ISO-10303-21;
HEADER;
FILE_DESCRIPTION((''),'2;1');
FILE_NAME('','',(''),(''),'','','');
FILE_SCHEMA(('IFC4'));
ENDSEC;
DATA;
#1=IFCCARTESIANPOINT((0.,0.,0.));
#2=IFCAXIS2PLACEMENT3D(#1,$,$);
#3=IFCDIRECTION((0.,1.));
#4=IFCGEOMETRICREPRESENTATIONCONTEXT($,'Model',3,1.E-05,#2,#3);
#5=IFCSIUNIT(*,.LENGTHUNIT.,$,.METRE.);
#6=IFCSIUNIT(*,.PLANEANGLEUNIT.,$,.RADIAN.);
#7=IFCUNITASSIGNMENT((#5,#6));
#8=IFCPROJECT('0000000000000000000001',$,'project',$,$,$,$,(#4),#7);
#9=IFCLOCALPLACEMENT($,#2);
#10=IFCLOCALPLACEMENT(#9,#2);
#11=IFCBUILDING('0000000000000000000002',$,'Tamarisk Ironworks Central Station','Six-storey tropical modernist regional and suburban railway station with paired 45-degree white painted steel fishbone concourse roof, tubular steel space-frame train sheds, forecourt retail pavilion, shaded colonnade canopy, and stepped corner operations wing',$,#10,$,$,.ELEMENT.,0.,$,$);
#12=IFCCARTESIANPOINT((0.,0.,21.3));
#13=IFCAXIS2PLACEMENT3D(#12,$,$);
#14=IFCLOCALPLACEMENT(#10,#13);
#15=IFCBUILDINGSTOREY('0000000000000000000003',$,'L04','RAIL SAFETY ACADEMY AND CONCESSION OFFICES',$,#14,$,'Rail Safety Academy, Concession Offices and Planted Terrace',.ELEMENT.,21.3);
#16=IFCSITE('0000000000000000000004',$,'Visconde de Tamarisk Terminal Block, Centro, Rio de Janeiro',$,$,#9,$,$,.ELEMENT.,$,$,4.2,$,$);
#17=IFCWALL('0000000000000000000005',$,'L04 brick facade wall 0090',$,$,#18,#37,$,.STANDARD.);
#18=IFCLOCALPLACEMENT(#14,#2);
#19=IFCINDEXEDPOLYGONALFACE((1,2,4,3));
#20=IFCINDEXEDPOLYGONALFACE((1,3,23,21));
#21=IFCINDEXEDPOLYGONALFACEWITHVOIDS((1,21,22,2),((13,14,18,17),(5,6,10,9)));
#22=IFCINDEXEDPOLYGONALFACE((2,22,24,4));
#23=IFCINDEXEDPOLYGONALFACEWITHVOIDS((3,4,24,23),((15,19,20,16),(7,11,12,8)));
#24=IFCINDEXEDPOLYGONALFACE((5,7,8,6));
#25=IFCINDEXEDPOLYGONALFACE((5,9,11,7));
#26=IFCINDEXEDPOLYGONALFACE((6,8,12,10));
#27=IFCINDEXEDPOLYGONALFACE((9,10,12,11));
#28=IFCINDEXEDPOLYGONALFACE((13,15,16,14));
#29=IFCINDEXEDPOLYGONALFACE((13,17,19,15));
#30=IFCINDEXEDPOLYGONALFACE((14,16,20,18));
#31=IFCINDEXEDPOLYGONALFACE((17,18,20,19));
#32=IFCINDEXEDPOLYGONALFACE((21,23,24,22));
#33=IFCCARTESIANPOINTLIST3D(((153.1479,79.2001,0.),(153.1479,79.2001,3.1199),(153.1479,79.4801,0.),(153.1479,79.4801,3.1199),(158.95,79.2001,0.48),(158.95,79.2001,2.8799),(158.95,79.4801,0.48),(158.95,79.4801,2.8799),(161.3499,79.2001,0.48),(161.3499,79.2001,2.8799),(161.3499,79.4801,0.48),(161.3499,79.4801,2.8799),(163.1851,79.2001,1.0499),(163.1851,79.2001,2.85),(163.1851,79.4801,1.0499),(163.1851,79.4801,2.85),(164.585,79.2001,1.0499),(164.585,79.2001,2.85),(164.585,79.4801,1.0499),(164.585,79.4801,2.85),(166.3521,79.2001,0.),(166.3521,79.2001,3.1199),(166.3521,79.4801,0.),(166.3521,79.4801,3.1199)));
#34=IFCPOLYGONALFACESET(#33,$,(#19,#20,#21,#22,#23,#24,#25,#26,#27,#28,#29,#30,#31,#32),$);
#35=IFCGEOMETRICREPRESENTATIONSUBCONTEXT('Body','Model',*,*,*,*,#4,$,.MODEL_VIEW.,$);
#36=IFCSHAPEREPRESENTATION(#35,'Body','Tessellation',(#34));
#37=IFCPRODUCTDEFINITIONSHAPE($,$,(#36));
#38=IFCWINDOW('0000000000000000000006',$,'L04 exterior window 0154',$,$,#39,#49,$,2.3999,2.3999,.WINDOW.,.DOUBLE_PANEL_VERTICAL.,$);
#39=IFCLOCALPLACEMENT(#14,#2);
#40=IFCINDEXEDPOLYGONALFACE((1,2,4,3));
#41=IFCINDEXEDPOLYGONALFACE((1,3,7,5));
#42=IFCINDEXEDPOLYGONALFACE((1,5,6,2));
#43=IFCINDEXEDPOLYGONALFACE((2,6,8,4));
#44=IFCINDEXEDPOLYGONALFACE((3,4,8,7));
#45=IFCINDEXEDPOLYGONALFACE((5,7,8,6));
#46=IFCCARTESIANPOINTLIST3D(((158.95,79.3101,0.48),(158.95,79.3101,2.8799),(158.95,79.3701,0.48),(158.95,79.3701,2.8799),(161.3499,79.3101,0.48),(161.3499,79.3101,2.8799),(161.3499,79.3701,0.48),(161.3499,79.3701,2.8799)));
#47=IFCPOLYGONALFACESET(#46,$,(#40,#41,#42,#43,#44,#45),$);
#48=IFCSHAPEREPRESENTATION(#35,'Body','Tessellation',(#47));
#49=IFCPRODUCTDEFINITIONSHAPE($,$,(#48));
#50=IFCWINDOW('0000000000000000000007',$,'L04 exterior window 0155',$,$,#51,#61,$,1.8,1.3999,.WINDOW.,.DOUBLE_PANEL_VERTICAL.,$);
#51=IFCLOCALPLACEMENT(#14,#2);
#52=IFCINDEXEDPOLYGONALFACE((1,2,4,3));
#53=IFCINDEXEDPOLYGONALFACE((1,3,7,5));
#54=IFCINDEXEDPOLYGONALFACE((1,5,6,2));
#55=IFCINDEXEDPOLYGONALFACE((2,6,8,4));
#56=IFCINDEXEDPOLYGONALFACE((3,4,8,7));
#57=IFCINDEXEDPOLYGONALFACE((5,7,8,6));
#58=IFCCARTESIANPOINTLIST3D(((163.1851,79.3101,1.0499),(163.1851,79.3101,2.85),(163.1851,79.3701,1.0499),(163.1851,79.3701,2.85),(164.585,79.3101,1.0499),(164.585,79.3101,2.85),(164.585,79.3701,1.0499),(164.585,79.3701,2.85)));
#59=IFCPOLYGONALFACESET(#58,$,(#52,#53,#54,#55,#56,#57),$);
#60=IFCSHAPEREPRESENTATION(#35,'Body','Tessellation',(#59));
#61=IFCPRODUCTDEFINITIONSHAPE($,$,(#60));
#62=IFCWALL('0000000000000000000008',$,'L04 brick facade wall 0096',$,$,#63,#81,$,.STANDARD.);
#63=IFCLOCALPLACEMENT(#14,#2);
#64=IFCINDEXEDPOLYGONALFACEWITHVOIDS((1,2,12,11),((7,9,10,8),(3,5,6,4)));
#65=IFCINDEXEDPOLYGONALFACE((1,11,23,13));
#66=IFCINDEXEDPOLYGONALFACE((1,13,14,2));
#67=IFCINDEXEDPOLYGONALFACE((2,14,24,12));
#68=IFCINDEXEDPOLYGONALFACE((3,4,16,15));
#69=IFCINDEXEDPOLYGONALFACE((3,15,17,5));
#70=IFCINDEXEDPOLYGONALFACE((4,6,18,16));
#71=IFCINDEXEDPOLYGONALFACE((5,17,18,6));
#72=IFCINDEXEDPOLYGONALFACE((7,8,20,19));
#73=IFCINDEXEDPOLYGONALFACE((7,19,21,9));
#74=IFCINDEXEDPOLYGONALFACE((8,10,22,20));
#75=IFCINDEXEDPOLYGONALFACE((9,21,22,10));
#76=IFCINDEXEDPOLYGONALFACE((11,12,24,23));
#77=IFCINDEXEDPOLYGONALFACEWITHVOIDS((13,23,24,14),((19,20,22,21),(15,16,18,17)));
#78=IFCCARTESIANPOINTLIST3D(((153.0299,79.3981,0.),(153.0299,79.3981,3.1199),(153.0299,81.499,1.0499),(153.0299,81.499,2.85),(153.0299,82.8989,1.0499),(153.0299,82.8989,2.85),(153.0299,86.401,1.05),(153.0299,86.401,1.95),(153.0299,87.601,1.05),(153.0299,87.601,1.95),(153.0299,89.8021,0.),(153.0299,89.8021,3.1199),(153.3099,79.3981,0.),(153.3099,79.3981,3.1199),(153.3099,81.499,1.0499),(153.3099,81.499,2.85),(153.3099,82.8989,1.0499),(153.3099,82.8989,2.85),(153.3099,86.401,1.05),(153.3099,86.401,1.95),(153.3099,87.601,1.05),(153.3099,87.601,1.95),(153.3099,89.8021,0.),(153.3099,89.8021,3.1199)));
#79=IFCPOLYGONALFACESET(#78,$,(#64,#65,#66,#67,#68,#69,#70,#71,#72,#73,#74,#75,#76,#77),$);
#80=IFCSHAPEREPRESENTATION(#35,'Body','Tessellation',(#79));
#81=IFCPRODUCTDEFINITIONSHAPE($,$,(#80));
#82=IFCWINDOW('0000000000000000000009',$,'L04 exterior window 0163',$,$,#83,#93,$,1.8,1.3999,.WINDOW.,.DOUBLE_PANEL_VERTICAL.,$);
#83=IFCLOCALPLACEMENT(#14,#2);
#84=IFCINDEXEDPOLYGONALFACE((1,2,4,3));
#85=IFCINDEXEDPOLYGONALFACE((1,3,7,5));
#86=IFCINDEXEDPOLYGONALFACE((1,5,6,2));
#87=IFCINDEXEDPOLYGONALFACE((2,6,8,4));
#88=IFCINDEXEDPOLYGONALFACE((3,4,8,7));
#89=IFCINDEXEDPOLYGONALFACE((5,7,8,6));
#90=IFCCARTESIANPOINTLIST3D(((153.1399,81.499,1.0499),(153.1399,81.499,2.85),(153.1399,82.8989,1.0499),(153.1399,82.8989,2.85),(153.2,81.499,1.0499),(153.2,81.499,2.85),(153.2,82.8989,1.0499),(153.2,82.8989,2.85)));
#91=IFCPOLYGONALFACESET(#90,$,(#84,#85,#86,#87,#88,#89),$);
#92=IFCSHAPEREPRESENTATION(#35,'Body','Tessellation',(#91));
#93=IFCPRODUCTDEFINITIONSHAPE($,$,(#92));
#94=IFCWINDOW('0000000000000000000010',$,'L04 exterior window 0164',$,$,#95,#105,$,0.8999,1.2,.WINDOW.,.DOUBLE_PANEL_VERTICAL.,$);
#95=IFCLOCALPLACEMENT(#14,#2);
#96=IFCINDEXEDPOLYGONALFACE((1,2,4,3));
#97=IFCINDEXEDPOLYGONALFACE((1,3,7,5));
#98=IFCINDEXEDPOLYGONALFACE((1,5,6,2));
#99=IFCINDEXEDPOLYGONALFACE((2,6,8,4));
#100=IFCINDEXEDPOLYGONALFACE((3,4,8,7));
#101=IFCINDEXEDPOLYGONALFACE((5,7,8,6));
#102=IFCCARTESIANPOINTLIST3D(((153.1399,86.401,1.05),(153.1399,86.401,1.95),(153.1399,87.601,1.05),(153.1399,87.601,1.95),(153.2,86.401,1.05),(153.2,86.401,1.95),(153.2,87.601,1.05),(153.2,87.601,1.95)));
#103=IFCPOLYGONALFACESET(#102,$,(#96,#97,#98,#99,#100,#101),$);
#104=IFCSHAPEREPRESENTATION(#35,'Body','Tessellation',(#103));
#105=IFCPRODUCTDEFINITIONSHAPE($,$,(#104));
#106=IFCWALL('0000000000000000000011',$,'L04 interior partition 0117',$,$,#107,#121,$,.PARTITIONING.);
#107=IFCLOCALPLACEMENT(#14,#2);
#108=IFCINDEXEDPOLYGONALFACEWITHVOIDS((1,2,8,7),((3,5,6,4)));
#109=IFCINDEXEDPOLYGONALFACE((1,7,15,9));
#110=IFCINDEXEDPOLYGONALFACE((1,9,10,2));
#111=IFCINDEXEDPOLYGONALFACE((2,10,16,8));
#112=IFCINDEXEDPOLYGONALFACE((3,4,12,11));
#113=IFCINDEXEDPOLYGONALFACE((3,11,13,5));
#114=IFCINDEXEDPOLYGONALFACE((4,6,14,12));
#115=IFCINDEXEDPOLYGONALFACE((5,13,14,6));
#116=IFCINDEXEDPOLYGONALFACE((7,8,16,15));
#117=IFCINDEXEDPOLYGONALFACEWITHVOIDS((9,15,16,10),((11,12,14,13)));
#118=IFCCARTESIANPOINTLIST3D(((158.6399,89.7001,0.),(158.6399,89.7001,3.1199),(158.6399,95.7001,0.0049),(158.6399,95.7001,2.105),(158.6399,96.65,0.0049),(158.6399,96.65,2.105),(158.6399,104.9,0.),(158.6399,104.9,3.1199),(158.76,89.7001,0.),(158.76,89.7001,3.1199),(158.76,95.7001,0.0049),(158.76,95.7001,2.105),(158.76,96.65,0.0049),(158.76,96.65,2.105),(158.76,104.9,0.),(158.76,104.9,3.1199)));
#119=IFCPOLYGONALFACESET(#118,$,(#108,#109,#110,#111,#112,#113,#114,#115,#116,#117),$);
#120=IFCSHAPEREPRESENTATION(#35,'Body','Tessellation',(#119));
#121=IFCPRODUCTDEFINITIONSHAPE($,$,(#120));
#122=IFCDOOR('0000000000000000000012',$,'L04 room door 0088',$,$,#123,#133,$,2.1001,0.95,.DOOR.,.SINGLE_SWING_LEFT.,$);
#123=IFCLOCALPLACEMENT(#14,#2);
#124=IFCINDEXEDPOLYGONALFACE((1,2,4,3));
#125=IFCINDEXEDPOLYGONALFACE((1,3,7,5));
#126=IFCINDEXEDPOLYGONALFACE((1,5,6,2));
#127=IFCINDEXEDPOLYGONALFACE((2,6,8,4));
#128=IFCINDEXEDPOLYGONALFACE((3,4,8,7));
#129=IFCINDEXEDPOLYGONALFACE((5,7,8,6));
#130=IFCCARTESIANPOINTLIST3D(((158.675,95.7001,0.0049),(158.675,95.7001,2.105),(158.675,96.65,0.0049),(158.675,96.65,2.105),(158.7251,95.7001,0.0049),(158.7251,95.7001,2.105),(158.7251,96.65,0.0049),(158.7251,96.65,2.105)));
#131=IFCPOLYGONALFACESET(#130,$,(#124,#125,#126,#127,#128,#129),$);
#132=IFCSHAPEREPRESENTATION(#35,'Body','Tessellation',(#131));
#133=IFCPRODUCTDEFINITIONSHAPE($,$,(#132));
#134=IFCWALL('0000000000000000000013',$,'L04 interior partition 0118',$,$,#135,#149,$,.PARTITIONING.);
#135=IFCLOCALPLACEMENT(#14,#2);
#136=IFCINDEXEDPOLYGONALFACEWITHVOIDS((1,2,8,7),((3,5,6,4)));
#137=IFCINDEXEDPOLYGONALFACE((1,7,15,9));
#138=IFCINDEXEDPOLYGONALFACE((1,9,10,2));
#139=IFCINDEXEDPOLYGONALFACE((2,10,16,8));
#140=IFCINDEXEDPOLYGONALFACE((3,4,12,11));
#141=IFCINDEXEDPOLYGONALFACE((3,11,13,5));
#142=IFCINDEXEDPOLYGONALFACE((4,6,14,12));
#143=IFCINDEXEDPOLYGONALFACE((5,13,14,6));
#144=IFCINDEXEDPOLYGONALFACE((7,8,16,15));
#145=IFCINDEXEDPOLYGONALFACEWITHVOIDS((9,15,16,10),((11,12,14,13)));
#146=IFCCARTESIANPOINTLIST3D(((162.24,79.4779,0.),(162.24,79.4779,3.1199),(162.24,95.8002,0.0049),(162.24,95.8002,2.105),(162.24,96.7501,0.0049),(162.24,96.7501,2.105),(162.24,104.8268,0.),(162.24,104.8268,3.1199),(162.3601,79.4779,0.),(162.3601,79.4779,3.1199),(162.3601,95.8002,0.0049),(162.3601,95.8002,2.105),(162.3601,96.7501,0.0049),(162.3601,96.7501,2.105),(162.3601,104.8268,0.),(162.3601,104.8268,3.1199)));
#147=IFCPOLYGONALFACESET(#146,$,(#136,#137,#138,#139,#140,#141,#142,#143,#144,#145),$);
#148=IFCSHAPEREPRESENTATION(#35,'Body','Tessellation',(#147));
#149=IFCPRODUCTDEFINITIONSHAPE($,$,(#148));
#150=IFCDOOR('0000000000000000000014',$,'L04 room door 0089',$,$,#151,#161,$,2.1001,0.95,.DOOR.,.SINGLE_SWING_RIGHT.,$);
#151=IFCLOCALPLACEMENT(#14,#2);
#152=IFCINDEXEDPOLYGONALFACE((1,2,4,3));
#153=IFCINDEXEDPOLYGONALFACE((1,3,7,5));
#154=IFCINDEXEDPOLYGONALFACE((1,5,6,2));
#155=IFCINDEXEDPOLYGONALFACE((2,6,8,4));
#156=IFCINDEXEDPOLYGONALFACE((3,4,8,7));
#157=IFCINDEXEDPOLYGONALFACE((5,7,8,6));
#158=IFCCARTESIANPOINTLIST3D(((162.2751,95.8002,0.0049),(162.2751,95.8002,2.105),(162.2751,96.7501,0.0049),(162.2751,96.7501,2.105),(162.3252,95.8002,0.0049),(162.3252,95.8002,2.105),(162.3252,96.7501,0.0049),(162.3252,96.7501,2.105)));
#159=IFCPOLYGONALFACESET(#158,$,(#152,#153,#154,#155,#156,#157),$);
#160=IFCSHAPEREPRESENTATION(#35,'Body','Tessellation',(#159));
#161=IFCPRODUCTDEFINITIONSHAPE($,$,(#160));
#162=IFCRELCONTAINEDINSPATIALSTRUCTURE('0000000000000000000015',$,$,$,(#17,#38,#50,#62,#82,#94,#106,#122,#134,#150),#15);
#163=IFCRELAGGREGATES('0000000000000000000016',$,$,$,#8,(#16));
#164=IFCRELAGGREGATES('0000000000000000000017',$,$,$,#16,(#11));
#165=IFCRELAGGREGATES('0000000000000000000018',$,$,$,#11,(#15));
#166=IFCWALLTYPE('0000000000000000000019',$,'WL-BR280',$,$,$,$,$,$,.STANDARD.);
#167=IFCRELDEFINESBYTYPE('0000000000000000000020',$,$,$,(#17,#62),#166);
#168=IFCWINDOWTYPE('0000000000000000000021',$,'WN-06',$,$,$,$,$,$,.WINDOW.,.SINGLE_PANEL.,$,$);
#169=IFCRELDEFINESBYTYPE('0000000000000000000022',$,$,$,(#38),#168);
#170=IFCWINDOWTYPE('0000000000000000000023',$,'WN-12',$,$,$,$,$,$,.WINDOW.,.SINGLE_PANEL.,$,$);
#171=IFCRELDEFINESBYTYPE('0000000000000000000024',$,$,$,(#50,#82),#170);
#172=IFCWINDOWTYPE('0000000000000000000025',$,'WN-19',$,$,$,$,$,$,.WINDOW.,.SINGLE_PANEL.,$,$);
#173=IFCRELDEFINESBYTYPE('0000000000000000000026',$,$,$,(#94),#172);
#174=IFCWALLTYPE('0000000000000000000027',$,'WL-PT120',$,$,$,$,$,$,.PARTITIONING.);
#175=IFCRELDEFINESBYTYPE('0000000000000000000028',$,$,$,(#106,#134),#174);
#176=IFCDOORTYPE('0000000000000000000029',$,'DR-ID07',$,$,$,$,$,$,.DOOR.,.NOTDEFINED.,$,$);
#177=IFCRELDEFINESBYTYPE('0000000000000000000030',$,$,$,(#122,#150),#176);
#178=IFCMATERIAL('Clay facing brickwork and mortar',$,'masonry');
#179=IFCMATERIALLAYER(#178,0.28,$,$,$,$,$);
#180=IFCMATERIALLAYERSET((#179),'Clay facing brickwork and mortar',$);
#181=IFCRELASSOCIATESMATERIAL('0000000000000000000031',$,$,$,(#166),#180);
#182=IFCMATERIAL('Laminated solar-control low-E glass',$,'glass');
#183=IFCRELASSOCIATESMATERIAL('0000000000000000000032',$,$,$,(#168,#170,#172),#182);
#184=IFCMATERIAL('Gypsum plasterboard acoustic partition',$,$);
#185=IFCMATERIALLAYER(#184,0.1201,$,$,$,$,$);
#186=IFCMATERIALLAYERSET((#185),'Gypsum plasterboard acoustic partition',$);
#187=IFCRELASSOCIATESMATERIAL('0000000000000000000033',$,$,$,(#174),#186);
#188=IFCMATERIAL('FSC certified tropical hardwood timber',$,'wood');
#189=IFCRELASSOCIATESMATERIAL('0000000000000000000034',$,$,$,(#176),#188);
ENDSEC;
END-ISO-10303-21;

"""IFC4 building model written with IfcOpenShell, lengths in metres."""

from ifc_helpers import new_model, si_unit, direction, frame, frame_2d, origin, place, context, subcontext, project, spatial, rectangle, extrude, material, layer, layer_set, type_object, element, fill, save


model = new_model("IFC4")

# Units and contexts
model_context = context("Model", 3, precision=1e-05, world=origin(), true_north=direction((0.0, 1.0)))
body_context = subcontext(model_context, "Body", "Model", "MODEL_VIEW")
ifc_project = project(units=[si_unit("LENGTHUNIT", "METRE"), si_unit("PLANEANGLEUNIT", "RADIAN")], contexts=[model_context])

# Site, building, storey
site_placement = place(None, origin())
site = spatial("IfcSite", under=ifc_project, at=site_placement, Name="Visconde de Tamarisk Terminal Block, Centro, Rio de Janeiro", CompositionType="ELEMENT", RefElevation=4.2)
building_placement = place(site_placement, origin())
building = spatial("IfcBuilding", under=site, at=building_placement, Name="Tamarisk Ironworks Central Station", Description="Six-storey tropical modernist regional and suburban railway station with paired 45-degree white painted steel fishbone concourse roof, tubular steel space-frame train sheds, forecourt retail pavilion, shaded colonnade canopy, and stepped corner operations wing", CompositionType="ELEMENT", ElevationOfRefHeight=0.0)
storey_placement = place(building_placement, frame((0.0, 0.0, 21.3)))
storey = spatial("IfcBuildingStorey", under=building, at=storey_placement, Name="L04", Description="RAIL SAFETY ACADEMY AND CONCESSION OFFICES", LongName="Rail Safety Academy, Concession Offices and Planted Terrace", CompositionType="ELEMENT", Elevation=21.3)

# Walls, openings, windows
ifc_material_1 = material(Name="Clay facing brickwork and mortar", Category="masonry")
ifc_layer_1 = layer(ifc_material_1, 0.28)
ifc_layer_set_1 = layer_set([ifc_layer_1], Name="Clay facing brickwork and mortar")
wall_type_1 = type_object("IfcWallType", Name="WL-BR280", PredefinedType="STANDARD", material=ifc_layer_set_1)
wall_1_placement = place(storey_placement, frame((153.1479, 79.3401, 0.0), z_axis=(0.0, 0.0, 1.0), x_axis=(1.0, 0.0, 0.0)))
wall_1 = element("IfcWall", 1, at=wall_1_placement, inside=storey, type_object=wall_type_1, Name="L04 brick facade wall 0090", PredefinedType="STANDARD", context=body_context, shape_type="SweptSolid", body=[
    extrude(rectangle(XDim=13.2041, YDim=0.28, at=frame_2d((6.6021, 0.0))), origin(), (0.0, 0.0, 1.0), 3.1199),
])
opening_1_placement = place(wall_1_placement, frame((5.802, 0.0, 0.48)))
opening_1 = element("IfcOpeningElement", 2, at=opening_1_placement, cuts=wall_1, PredefinedType="OPENING", context=body_context, shape_type="SweptSolid", body=[
    extrude(rectangle(XDim=2.3999, YDim=2.3999, at=frame_2d((1.2, 1.2))), frame((0.0, 0.1519, 0.0), z_axis=(0.0, -1.0, 0.0), x_axis=(1.0, 0.0, 0.0)), (0.0, 0.0, 1.0), 0.304),
])
opening_2_placement = place(wall_1_placement, frame((10.0371, 0.0, 1.05)))
opening_2 = element("IfcOpeningElement", 3, at=opening_2_placement, cuts=wall_1, PredefinedType="OPENING", context=body_context, shape_type="SweptSolid", body=[
    extrude(rectangle(XDim=1.3999, YDim=1.8, at=frame_2d((0.7, 0.8999))), frame((0.0, 0.1519, 0.0), z_axis=(0.0, -1.0, 0.0), x_axis=(1.0, 0.0, 0.0)), (0.0, 0.0, 1.0), 0.304),
])
ifc_material_2 = material(Name="Laminated solar-control low-E glass", Category="glass")
window_type_1 = type_object("IfcWindowType", Name="WN-06", PartitioningType="SINGLE_PANEL", PredefinedType="WINDOW", material=ifc_material_2)
window_1_placement = place(opening_1_placement, origin())
window_1 = element("IfcWindow", 4, at=window_1_placement, inside=storey, type_object=window_type_1, Name="L04 exterior window 0154", OverallHeight=2.3999, OverallWidth=2.3999, PartitioningType="DOUBLE_PANEL_VERTICAL", PredefinedType="WINDOW", context=body_context, shape_type="SweptSolid", body=[
    extrude(rectangle(XDim=2.3999, YDim=2.3999, at=frame_2d((1.2, 1.2))), frame((0.0, 0.03, 0.0), z_axis=(0.0, -1.0, 0.0), x_axis=(1.0, 0.0, 0.0)), (0.0, 0.0, 1.0), 0.0601),
])
fill(opening_1, window_1)
window_type_2 = type_object("IfcWindowType", Name="WN-12", PartitioningType="SINGLE_PANEL", PredefinedType="WINDOW", material=ifc_material_2)
window_2_placement = place(opening_2_placement, origin())
window_2 = element("IfcWindow", 5, at=window_2_placement, inside=storey, type_object=window_type_2, Name="L04 exterior window 0155", OverallHeight=1.8, OverallWidth=1.3999, PartitioningType="DOUBLE_PANEL_VERTICAL", PredefinedType="WINDOW", context=body_context, shape_type="SweptSolid", body=[
    extrude(rectangle(XDim=1.3999, YDim=1.8, at=frame_2d((0.7, 0.8999))), frame((0.0, 0.03, 0.0), z_axis=(0.0, -1.0, 0.0), x_axis=(1.0, 0.0, 0.0)), (0.0, 0.0, 1.0), 0.0601),
])
fill(opening_2, window_2)
wall_2_placement = place(storey_placement, frame((153.1699, 79.3979, 0.0), z_axis=(0.0, 0.0, 1.0), x_axis=(0.0, 1.0, 0.0)))
wall_2 = element("IfcWall", 6, at=wall_2_placement, inside=storey, type_object=wall_type_1, Name="L04 brick facade wall 0096", PredefinedType="STANDARD", context=body_context, shape_type="SweptSolid", body=[
    extrude(rectangle(XDim=10.4041, YDim=0.28, at=frame_2d((5.2021, 0.0))), origin(), (0.0, 0.0, 1.0), 3.1199),
])
opening_3_placement = place(wall_2_placement, frame((2.1011, 0.0, 1.05)))
opening_3 = element("IfcOpeningElement", 7, at=opening_3_placement, cuts=wall_2, PredefinedType="OPENING", context=body_context, shape_type="SweptSolid", body=[
    extrude(rectangle(XDim=1.3999, YDim=1.8, at=frame_2d((0.7, 0.8999))), frame((0.0, 0.1519, 0.0), z_axis=(0.0, -1.0, 0.0), x_axis=(1.0, 0.0, 0.0)), (0.0, 0.0, 1.0), 0.304),
])
opening_4_placement = place(wall_2_placement, frame((7.0029, 0.0, 1.05)))
opening_4 = element("IfcOpeningElement", 8, at=opening_4_placement, cuts=wall_2, PredefinedType="OPENING", context=body_context, shape_type="SweptSolid", body=[
    extrude(rectangle(XDim=1.2, YDim=0.8999, at=frame_2d((0.6001, 0.45))), frame((0.0, 0.1519, 0.0), z_axis=(0.0, -1.0, 0.0), x_axis=(1.0, 0.0, 0.0)), (0.0, 0.0, 1.0), 0.304),
])
window_3_placement = place(opening_3_placement, origin())
window_3 = element("IfcWindow", 9, at=window_3_placement, inside=storey, type_object=window_type_2, Name="L04 exterior window 0163", OverallHeight=1.8, OverallWidth=1.3999, PartitioningType="DOUBLE_PANEL_VERTICAL", PredefinedType="WINDOW", context=body_context, shape_type="SweptSolid", body=[
    extrude(rectangle(XDim=1.3999, YDim=1.8, at=frame_2d((0.7, 0.8999))), frame((0.0, 0.03, 0.0), z_axis=(0.0, -1.0, 0.0), x_axis=(1.0, 0.0, 0.0)), (0.0, 0.0, 1.0), 0.0601),
])
fill(opening_3, window_3)
window_type_3 = type_object("IfcWindowType", Name="WN-19", PartitioningType="SINGLE_PANEL", PredefinedType="WINDOW", material=ifc_material_2)
window_4_placement = place(opening_4_placement, origin())
window_4 = element("IfcWindow", 10, at=window_4_placement, inside=storey, type_object=window_type_3, Name="L04 exterior window 0164", OverallHeight=0.8999, OverallWidth=1.2, PartitioningType="DOUBLE_PANEL_VERTICAL", PredefinedType="WINDOW", context=body_context, shape_type="SweptSolid", body=[
    extrude(rectangle(XDim=1.2, YDim=0.8999, at=frame_2d((0.6001, 0.45))), frame((0.0, 0.03, 0.0), z_axis=(0.0, -1.0, 0.0), x_axis=(1.0, 0.0, 0.0)), (0.0, 0.0, 1.0), 0.0601),
])
fill(opening_4, window_4)

# Walls, openings, doors
ifc_material_3 = material(Name="Gypsum plasterboard acoustic partition")
ifc_layer_2 = layer(ifc_material_3, 0.1201)
ifc_layer_set_2 = layer_set([ifc_layer_2], Name="Gypsum plasterboard acoustic partition")
wall_type_2 = type_object("IfcWallType", Name="WL-PT120", PredefinedType="PARTITIONING", material=ifc_layer_set_2)
wall_3_placement = place(storey_placement, frame((158.7, 89.7, 0.0), z_axis=(0.0, 0.0, 1.0), x_axis=(0.0, 1.0, 0.0)))
wall_3 = element("IfcWall", 11, at=wall_3_placement, inside=storey, type_object=wall_type_2, Name="L04 interior partition 0117", PredefinedType="PARTITIONING", context=body_context, shape_type="SweptSolid", body=[
    extrude(rectangle(XDim=15.2, YDim=0.1201, at=frame_2d((7.6001, 0.0))), origin(), (0.0, 0.0, 1.0), 3.1199),
])
opening_5_placement = place(wall_3_placement, frame((6.0, 0.0, 0.0049)))
opening_5 = element("IfcOpeningElement", 12, at=opening_5_placement, cuts=wall_3, PredefinedType="OPENING", context=body_context, shape_type="SweptSolid", body=[
    extrude(rectangle(XDim=0.95, YDim=2.1001, at=frame_2d((0.4751, 1.05))), frame((0.0, 0.072, 0.0), z_axis=(0.0, -1.0, 0.0), x_axis=(1.0, 0.0, 0.0)), (0.0, 0.0, 1.0), 0.144),
])
ifc_material_4 = material(Name="FSC certified tropical hardwood timber", Category="wood")
door_type_1 = type_object("IfcDoorType", Name="DR-ID07", OperationType="NOTDEFINED", PredefinedType="DOOR", material=ifc_material_4)
door_1_placement = place(opening_5_placement, origin())
door_1 = element("IfcDoor", 13, at=door_1_placement, inside=storey, type_object=door_type_1, Name="L04 room door 0088", OperationType="SINGLE_SWING_LEFT", OverallHeight=2.1001, OverallWidth=0.95, PredefinedType="DOOR", context=body_context, shape_type="SweptSolid", body=[
    extrude(rectangle(XDim=0.95, YDim=2.1001, at=frame_2d((0.4751, 1.05))), frame((0.0, 0.0249, 0.0), z_axis=(0.0, -1.0, 0.0), x_axis=(1.0, 0.0, 0.0)), (0.0, 0.0, 1.0), 0.05),
])
fill(opening_5, door_1)
wall_4_placement = place(storey_placement, frame((162.3, 79.478, 0.0), z_axis=(0.0, 0.0, 1.0), x_axis=(0.0, 1.0, 0.0)))
wall_4 = element("IfcWall", 14, at=wall_4_placement, inside=storey, type_object=wall_type_2, Name="L04 interior partition 0118", PredefinedType="PARTITIONING", context=body_context, shape_type="SweptSolid", body=[
    extrude(rectangle(XDim=25.3489, YDim=0.1201, at=frame_2d((12.6743, 0.0))), origin(), (0.0, 0.0, 1.0), 3.1199),
])
opening_6_placement = place(wall_4_placement, frame((16.322, 0.0, 0.0049)))
opening_6 = element("IfcOpeningElement", 15, at=opening_6_placement, cuts=wall_4, PredefinedType="OPENING", context=body_context, shape_type="SweptSolid", body=[
    extrude(rectangle(XDim=0.95, YDim=2.1001, at=frame_2d((0.4751, 1.05))), frame((0.0, 0.072, 0.0), z_axis=(0.0, -1.0, 0.0), x_axis=(1.0, 0.0, 0.0)), (0.0, 0.0, 1.0), 0.144),
])
door_2_placement = place(opening_6_placement, origin())
door_2 = element("IfcDoor", 16, at=door_2_placement, inside=storey, type_object=door_type_1, Name="L04 room door 0089", OperationType="SINGLE_SWING_RIGHT", OverallHeight=2.1001, OverallWidth=0.95, PredefinedType="DOOR", context=body_context, shape_type="SweptSolid", body=[
    extrude(rectangle(XDim=0.95, YDim=2.1001, at=frame_2d((0.4751, 1.05))), frame((0.0, 0.0249, 0.0), z_axis=(0.0, -1.0, 0.0), x_axis=(1.0, 0.0, 0.0)), (0.0, 0.0, 1.0), 0.05),
])
fill(opening_6, door_2)

save(model, "model.ifc")
